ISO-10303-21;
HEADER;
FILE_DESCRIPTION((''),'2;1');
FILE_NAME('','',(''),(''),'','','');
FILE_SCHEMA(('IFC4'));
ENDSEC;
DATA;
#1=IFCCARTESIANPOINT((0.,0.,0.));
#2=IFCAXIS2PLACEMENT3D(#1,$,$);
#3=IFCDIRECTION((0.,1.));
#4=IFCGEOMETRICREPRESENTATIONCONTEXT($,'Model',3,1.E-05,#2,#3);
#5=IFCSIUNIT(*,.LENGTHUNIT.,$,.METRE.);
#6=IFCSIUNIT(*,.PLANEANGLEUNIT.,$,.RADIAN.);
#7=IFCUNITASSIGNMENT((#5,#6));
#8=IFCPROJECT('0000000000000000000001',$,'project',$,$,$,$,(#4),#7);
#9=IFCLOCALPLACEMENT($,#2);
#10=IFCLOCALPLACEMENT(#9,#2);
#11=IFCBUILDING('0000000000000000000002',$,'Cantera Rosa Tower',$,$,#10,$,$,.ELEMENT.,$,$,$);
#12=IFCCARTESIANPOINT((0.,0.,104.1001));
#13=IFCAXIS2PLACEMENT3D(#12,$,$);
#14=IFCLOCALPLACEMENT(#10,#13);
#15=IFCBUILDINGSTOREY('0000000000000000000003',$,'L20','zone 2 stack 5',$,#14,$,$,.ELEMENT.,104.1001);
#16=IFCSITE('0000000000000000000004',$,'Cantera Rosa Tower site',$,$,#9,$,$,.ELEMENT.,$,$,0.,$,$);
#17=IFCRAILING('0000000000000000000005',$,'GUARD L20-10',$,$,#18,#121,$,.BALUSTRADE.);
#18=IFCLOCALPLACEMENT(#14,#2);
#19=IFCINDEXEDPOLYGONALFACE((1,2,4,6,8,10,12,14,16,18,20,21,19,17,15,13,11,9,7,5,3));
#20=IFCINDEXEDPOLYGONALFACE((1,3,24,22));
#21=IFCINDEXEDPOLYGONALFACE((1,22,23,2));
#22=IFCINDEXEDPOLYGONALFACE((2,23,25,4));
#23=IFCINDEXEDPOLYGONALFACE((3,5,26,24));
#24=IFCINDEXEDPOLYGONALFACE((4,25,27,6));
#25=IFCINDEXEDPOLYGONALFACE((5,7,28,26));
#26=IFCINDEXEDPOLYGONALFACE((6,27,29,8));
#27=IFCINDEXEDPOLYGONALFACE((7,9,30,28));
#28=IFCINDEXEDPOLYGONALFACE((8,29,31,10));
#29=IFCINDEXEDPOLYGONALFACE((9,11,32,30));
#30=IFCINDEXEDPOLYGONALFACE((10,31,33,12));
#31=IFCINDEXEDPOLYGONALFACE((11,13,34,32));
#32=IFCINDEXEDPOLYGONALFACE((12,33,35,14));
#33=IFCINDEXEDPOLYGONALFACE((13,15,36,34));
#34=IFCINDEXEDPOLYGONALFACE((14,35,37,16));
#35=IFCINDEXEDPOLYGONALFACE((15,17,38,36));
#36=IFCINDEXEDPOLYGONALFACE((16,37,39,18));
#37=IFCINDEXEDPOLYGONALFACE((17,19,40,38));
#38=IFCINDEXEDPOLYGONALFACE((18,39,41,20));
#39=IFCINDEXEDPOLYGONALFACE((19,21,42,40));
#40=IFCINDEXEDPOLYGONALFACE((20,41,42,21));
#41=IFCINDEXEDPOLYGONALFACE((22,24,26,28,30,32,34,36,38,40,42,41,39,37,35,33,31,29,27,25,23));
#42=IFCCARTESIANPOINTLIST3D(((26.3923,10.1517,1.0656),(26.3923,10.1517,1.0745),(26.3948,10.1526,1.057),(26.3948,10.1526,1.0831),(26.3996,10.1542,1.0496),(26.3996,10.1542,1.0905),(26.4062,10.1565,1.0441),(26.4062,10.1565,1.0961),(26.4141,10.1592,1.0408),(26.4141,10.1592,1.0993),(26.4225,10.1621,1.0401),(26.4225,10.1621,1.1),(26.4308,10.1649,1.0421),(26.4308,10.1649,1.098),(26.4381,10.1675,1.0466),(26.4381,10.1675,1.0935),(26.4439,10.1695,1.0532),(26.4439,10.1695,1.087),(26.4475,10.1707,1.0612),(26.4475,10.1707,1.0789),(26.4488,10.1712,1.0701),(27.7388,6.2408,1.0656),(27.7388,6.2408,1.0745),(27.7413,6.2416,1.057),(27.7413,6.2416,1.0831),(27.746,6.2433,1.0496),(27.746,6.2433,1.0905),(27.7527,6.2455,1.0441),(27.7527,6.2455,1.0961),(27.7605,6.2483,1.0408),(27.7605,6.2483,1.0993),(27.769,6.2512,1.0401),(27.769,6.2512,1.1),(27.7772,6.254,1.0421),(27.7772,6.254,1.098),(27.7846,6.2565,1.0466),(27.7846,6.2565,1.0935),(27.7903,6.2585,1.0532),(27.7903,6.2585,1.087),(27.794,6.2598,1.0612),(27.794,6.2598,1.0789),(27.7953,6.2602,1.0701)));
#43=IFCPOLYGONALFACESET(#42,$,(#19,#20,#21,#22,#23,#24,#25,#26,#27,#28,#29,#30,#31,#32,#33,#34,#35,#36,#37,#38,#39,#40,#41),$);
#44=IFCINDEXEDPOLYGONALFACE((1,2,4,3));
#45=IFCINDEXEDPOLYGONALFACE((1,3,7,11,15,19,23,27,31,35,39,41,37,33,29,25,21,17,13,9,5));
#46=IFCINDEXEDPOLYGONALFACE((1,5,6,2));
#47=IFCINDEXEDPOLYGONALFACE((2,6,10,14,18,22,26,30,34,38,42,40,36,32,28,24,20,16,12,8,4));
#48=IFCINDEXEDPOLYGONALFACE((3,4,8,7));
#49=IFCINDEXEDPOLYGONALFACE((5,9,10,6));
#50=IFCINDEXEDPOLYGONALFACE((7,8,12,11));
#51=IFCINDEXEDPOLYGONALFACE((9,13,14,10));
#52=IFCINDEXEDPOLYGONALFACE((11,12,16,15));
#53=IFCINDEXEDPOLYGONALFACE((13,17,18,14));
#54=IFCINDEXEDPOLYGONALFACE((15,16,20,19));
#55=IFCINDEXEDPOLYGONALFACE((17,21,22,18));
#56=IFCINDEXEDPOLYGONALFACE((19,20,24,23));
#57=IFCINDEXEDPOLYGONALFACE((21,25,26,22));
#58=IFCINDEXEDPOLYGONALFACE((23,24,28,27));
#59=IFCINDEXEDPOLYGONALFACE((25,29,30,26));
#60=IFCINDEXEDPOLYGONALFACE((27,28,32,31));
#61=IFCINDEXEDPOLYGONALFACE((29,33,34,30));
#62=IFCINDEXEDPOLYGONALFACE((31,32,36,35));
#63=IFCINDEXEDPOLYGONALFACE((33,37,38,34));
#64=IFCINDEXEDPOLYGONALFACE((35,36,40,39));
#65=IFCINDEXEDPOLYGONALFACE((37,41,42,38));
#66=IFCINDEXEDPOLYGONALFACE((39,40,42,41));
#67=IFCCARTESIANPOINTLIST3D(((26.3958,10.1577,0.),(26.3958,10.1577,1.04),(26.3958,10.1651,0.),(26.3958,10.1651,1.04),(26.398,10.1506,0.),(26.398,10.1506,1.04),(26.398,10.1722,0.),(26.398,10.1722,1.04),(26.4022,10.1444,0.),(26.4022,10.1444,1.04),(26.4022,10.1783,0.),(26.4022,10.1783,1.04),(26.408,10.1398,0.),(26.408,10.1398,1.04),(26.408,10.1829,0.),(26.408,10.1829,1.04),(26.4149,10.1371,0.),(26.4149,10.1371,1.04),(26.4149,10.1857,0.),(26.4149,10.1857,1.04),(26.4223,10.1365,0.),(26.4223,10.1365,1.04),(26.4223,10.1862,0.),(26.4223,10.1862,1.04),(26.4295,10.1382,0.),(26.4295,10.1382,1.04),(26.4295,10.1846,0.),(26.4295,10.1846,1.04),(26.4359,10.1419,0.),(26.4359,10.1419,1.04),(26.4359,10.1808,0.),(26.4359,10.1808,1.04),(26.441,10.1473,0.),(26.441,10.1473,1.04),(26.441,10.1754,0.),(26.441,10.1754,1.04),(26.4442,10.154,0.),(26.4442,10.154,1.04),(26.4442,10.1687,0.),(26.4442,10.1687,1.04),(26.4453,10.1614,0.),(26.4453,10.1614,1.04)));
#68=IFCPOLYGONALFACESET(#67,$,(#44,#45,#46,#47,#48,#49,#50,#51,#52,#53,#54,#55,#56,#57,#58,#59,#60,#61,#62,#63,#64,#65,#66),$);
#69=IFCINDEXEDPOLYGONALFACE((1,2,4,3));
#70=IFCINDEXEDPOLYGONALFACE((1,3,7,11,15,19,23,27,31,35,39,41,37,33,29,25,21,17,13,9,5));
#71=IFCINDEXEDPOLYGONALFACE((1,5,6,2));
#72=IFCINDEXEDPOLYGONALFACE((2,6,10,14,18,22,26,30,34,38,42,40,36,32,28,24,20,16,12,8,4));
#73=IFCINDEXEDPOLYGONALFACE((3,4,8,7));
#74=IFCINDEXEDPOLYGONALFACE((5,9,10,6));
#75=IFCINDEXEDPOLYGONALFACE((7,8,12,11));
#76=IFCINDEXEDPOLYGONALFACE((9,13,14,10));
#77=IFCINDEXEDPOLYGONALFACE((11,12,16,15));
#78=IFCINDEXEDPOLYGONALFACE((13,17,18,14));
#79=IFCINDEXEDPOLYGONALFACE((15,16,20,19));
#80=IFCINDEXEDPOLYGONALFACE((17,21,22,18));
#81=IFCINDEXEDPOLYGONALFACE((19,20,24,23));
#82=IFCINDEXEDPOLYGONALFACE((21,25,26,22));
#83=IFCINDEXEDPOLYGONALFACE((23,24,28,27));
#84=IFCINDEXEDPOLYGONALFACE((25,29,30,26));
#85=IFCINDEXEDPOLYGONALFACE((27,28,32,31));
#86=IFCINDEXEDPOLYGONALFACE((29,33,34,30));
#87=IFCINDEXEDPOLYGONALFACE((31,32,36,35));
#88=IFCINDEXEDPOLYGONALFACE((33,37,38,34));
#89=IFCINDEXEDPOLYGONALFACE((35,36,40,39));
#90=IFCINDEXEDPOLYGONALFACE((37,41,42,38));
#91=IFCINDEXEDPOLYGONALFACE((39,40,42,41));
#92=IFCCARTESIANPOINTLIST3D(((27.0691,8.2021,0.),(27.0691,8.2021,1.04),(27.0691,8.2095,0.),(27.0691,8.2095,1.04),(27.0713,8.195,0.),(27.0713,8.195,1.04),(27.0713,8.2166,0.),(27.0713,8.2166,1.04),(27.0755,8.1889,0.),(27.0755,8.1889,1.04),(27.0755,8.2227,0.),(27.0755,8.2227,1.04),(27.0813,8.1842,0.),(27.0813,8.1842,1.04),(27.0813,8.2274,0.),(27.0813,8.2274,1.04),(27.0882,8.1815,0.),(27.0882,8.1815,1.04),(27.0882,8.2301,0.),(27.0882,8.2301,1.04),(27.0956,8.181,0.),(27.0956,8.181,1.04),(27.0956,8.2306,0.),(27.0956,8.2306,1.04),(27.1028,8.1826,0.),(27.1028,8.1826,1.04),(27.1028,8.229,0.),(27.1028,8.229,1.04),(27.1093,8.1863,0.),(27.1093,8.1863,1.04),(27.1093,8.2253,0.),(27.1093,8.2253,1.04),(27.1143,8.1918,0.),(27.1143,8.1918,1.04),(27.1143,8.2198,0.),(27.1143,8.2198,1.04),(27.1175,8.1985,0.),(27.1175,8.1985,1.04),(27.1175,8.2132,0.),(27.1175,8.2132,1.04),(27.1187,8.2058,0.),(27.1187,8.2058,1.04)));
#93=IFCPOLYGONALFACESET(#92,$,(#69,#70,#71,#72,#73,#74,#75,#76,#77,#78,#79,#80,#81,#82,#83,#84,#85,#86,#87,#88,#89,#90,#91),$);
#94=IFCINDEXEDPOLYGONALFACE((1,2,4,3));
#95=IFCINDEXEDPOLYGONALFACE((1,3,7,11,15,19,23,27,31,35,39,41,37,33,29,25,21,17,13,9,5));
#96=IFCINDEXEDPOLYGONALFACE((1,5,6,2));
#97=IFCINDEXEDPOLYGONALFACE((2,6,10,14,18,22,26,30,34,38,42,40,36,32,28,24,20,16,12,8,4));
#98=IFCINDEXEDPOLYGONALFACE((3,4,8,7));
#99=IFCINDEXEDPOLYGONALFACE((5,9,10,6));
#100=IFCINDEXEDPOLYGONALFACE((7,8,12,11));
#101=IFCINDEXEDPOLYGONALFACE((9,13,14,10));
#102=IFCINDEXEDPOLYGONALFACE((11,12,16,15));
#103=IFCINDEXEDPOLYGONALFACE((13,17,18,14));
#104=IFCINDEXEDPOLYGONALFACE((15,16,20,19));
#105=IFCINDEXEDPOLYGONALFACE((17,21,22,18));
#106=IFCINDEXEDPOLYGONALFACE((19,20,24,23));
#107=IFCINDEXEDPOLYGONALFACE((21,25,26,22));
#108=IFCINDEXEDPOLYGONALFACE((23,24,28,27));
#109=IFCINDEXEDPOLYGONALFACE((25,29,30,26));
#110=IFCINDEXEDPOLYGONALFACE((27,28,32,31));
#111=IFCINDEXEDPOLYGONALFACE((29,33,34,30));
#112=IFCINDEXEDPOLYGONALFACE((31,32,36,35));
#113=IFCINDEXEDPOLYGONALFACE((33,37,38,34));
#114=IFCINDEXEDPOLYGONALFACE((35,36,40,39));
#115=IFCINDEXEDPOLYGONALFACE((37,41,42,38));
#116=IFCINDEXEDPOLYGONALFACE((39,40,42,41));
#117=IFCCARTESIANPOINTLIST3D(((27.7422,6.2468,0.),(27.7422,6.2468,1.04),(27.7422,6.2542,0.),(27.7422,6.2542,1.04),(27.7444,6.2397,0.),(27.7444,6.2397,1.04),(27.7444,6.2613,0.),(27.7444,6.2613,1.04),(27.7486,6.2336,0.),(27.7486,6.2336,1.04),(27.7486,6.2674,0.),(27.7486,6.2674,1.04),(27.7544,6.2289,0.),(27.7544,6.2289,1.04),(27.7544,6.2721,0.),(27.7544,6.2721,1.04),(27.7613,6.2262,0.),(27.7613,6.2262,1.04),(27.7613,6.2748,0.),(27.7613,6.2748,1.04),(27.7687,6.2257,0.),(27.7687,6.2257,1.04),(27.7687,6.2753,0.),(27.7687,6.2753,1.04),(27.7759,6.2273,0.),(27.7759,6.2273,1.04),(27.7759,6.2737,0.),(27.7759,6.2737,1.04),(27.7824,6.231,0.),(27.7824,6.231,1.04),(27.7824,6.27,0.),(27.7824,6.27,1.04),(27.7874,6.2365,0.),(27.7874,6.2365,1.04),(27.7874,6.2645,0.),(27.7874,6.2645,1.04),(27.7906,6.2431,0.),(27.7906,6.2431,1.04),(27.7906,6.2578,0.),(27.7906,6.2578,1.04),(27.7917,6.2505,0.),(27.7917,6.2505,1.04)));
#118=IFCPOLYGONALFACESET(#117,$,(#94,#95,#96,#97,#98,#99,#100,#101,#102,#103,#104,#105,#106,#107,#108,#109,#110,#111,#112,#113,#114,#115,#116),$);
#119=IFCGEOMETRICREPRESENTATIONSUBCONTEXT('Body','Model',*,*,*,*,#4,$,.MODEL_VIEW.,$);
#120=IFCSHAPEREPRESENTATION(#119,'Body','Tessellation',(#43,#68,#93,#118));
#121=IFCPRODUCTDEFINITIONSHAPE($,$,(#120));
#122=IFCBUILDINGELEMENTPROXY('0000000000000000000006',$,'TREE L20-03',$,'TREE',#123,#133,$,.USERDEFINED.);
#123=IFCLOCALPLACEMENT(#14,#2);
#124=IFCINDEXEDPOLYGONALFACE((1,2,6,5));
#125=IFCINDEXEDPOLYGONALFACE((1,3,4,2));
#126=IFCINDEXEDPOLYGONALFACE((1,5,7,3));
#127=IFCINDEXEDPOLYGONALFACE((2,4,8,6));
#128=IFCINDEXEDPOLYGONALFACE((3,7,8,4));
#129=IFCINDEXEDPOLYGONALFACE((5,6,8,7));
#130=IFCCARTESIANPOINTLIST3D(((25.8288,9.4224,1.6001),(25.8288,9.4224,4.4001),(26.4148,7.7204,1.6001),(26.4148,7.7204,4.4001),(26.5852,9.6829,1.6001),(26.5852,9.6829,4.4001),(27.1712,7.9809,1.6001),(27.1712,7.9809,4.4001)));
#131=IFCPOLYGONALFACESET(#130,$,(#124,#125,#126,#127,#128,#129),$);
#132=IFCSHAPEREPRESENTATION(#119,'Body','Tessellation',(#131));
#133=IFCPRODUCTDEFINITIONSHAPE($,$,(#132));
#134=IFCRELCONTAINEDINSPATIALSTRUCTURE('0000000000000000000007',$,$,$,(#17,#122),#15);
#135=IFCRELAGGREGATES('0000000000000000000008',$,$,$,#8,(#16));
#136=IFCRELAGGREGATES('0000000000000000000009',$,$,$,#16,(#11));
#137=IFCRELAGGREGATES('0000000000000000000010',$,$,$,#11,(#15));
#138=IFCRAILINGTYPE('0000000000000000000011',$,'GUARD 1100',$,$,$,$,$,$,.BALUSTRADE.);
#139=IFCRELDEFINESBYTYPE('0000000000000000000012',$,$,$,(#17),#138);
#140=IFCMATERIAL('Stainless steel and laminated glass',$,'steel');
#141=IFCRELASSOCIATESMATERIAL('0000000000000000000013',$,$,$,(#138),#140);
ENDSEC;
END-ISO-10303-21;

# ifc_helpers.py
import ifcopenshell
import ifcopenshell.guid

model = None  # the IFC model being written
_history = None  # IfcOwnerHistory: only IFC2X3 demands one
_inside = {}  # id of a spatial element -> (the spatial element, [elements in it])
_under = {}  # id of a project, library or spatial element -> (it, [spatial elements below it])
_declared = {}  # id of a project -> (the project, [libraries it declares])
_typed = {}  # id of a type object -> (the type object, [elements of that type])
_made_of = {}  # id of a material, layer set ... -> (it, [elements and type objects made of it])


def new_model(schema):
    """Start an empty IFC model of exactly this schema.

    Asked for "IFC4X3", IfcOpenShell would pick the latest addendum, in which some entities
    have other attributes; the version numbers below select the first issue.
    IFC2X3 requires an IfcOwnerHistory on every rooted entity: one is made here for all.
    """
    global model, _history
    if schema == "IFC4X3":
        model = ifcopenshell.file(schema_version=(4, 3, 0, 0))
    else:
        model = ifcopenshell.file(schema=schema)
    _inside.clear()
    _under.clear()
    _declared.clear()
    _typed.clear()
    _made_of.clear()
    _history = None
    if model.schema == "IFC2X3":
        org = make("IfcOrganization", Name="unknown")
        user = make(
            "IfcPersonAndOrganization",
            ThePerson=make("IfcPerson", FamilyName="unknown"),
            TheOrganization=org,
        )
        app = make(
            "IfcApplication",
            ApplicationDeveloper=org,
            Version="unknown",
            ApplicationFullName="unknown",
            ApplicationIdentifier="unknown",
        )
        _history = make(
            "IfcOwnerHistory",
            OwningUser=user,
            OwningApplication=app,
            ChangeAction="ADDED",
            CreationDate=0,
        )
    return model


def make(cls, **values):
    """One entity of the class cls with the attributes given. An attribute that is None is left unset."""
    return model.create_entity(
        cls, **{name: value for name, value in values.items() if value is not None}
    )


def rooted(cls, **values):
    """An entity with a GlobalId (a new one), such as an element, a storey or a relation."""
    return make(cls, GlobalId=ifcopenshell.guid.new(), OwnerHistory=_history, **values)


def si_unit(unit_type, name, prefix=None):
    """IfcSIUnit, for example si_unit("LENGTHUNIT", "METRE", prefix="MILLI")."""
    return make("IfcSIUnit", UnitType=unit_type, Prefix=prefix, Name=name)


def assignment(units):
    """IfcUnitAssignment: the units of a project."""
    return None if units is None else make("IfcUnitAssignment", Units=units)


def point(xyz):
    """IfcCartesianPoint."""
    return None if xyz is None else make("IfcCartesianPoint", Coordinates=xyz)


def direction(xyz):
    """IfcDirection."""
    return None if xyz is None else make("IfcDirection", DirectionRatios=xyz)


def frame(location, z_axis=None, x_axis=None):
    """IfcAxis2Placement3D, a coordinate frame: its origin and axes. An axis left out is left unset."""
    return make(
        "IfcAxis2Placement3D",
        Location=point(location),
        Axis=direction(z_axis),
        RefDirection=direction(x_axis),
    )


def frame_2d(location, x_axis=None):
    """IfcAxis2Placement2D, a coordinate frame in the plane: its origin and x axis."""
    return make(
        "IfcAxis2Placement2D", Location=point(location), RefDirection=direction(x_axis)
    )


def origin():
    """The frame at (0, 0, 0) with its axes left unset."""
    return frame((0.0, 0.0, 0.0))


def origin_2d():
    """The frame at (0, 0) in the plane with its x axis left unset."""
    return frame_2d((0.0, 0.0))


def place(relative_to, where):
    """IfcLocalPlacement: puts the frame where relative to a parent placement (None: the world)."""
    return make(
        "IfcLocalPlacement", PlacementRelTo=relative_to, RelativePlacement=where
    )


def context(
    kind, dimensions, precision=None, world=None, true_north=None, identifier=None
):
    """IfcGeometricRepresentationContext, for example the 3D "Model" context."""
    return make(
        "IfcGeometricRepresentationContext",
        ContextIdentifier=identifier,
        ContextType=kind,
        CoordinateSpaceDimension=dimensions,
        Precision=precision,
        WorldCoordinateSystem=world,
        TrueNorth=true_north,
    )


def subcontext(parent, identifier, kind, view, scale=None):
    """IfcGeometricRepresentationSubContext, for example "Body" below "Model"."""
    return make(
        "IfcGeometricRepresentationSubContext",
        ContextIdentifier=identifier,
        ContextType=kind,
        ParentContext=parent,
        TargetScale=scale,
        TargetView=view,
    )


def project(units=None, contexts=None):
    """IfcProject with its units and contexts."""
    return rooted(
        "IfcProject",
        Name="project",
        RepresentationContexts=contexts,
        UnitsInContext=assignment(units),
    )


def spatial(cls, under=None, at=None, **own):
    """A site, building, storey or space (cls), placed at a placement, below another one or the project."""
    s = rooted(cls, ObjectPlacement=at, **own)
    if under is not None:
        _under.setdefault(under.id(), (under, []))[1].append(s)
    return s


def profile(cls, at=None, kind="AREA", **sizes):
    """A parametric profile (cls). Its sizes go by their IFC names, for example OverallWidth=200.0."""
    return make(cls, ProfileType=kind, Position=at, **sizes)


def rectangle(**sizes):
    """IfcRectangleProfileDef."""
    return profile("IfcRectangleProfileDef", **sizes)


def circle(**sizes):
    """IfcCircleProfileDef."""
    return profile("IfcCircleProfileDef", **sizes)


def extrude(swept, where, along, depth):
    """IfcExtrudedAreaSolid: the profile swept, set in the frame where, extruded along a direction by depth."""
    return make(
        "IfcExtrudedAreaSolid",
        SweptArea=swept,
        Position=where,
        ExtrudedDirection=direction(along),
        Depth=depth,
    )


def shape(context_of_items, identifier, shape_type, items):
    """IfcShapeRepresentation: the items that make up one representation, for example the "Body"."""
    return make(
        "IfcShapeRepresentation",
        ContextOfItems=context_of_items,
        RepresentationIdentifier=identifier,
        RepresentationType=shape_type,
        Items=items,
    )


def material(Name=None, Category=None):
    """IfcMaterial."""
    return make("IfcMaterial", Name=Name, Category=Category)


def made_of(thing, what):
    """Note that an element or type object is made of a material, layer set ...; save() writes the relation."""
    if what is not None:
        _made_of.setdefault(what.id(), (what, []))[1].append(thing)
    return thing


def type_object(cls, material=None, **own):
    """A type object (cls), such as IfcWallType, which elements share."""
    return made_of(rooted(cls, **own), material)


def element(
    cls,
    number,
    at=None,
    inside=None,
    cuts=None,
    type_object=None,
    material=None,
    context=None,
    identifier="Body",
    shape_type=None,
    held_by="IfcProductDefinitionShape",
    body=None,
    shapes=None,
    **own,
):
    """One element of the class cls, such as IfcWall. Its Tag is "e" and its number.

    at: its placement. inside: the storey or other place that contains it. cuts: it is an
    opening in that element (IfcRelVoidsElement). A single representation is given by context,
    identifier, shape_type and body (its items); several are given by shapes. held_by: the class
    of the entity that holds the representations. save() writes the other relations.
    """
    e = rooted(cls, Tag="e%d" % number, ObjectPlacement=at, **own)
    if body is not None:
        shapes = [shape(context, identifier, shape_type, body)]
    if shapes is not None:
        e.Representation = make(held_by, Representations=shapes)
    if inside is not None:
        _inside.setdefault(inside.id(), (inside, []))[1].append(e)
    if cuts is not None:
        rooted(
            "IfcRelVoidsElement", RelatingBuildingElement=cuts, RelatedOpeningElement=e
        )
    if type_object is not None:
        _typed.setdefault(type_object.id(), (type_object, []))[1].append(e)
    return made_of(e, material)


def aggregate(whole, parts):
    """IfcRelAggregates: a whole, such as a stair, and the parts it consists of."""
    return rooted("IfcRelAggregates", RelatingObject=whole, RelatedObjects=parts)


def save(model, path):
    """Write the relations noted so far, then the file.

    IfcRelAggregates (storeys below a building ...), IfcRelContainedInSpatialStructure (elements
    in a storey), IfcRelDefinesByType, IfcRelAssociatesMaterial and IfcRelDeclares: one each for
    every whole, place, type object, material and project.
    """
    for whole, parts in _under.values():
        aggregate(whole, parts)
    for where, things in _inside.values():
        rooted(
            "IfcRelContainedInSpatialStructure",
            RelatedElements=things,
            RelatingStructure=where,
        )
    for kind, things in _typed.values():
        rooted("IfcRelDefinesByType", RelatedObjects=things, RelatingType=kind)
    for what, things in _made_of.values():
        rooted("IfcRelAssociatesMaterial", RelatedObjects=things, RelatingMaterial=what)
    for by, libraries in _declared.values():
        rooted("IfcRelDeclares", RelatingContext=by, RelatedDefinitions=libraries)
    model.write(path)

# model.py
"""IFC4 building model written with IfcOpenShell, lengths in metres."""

from ifc_helpers import new_model, si_unit, direction, frame, origin, origin_2d, place, context, subcontext, project, spatial, rectangle, circle, extrude, material, type_object, element, save


model = new_model("IFC4")

# Units and contexts
model_context = context("Model", 3, precision=1e-05, world=origin(), true_north=direction((0.0, 1.0)))
body_context = subcontext(model_context, "Body", "Model", "MODEL_VIEW")
ifc_project = project(units=[si_unit("LENGTHUNIT", "METRE"), si_unit("PLANEANGLEUNIT", "RADIAN")], contexts=[model_context])

# Site, building, storey
site_placement = place(None, origin())
site = spatial("IfcSite", under=ifc_project, at=site_placement, Name="Cantera Rosa Tower site", CompositionType="ELEMENT", RefElevation=0.0)
building_placement = place(site_placement, origin())
building = spatial("IfcBuilding", under=site, at=building_placement, Name="Cantera Rosa Tower", CompositionType="ELEMENT")
storey_placement = place(building_placement, frame((0.0, 0.0, 104.1001)))
storey = spatial("IfcBuildingStorey", under=building, at=storey_placement, Name="L20", Description="zone 2 stack 5", CompositionType="ELEMENT", Elevation=104.1001)

# Railing
ifc_material_1 = material(Name="Stainless steel and laminated glass", Category="steel")
railing_type = type_object("IfcRailingType", Name="GUARD 1100", PredefinedType="BALUSTRADE", material=ifc_material_1)
railing_1_placement = place(storey_placement, frame((26.4204, 10.1614, 0.0)))
element("IfcRailing", 1, at=railing_1_placement, inside=storey, type_object=railing_type, Name="GUARD L20-10", PredefinedType="BALUSTRADE", context=body_context, shape_type="SweptSolid", body=[
    extrude(circle(Radius=0.03, at=origin_2d()), frame((0.0, 0.0, 1.0701), z_axis=(0.325527, -0.945533, 0.0), x_axis=(0.945533, 0.325527, 0.0)), (0.0, 0.0, 1.0), 4.1362),
    extrude(circle(Radius=0.0249, at=origin_2d()), origin(), (0.0, 0.0, 1.0), 1.04),
    extrude(circle(Radius=0.0249, at=origin_2d()), frame((0.6733, -1.9556, 0.0)), (0.0, 0.0, 1.0), 1.04),
    extrude(circle(Radius=0.0249, at=origin_2d()), frame((1.3464, -3.9109, 0.0)), (0.0, 0.0, 1.0), 1.04),
])

# Building element proxy
proxy_placement = place(storey_placement, frame((26.5, 8.7017, 1.6001), z_axis=(0.0, 0.0, 1.0), x_axis=(-0.325568, 0.945519, 0.0)))
element("IfcBuildingElementProxy", 2, at=proxy_placement, inside=storey, Name="TREE L20-03", ObjectType="TREE", PredefinedType="USERDEFINED", context=body_context, shape_type="SweptSolid", body=[
    extrude(rectangle(XDim=1.8, YDim=0.8, at=origin_2d()), origin(), (0.0, 0.0, 1.0), 2.8),
])

save(model, "model.ifc")
